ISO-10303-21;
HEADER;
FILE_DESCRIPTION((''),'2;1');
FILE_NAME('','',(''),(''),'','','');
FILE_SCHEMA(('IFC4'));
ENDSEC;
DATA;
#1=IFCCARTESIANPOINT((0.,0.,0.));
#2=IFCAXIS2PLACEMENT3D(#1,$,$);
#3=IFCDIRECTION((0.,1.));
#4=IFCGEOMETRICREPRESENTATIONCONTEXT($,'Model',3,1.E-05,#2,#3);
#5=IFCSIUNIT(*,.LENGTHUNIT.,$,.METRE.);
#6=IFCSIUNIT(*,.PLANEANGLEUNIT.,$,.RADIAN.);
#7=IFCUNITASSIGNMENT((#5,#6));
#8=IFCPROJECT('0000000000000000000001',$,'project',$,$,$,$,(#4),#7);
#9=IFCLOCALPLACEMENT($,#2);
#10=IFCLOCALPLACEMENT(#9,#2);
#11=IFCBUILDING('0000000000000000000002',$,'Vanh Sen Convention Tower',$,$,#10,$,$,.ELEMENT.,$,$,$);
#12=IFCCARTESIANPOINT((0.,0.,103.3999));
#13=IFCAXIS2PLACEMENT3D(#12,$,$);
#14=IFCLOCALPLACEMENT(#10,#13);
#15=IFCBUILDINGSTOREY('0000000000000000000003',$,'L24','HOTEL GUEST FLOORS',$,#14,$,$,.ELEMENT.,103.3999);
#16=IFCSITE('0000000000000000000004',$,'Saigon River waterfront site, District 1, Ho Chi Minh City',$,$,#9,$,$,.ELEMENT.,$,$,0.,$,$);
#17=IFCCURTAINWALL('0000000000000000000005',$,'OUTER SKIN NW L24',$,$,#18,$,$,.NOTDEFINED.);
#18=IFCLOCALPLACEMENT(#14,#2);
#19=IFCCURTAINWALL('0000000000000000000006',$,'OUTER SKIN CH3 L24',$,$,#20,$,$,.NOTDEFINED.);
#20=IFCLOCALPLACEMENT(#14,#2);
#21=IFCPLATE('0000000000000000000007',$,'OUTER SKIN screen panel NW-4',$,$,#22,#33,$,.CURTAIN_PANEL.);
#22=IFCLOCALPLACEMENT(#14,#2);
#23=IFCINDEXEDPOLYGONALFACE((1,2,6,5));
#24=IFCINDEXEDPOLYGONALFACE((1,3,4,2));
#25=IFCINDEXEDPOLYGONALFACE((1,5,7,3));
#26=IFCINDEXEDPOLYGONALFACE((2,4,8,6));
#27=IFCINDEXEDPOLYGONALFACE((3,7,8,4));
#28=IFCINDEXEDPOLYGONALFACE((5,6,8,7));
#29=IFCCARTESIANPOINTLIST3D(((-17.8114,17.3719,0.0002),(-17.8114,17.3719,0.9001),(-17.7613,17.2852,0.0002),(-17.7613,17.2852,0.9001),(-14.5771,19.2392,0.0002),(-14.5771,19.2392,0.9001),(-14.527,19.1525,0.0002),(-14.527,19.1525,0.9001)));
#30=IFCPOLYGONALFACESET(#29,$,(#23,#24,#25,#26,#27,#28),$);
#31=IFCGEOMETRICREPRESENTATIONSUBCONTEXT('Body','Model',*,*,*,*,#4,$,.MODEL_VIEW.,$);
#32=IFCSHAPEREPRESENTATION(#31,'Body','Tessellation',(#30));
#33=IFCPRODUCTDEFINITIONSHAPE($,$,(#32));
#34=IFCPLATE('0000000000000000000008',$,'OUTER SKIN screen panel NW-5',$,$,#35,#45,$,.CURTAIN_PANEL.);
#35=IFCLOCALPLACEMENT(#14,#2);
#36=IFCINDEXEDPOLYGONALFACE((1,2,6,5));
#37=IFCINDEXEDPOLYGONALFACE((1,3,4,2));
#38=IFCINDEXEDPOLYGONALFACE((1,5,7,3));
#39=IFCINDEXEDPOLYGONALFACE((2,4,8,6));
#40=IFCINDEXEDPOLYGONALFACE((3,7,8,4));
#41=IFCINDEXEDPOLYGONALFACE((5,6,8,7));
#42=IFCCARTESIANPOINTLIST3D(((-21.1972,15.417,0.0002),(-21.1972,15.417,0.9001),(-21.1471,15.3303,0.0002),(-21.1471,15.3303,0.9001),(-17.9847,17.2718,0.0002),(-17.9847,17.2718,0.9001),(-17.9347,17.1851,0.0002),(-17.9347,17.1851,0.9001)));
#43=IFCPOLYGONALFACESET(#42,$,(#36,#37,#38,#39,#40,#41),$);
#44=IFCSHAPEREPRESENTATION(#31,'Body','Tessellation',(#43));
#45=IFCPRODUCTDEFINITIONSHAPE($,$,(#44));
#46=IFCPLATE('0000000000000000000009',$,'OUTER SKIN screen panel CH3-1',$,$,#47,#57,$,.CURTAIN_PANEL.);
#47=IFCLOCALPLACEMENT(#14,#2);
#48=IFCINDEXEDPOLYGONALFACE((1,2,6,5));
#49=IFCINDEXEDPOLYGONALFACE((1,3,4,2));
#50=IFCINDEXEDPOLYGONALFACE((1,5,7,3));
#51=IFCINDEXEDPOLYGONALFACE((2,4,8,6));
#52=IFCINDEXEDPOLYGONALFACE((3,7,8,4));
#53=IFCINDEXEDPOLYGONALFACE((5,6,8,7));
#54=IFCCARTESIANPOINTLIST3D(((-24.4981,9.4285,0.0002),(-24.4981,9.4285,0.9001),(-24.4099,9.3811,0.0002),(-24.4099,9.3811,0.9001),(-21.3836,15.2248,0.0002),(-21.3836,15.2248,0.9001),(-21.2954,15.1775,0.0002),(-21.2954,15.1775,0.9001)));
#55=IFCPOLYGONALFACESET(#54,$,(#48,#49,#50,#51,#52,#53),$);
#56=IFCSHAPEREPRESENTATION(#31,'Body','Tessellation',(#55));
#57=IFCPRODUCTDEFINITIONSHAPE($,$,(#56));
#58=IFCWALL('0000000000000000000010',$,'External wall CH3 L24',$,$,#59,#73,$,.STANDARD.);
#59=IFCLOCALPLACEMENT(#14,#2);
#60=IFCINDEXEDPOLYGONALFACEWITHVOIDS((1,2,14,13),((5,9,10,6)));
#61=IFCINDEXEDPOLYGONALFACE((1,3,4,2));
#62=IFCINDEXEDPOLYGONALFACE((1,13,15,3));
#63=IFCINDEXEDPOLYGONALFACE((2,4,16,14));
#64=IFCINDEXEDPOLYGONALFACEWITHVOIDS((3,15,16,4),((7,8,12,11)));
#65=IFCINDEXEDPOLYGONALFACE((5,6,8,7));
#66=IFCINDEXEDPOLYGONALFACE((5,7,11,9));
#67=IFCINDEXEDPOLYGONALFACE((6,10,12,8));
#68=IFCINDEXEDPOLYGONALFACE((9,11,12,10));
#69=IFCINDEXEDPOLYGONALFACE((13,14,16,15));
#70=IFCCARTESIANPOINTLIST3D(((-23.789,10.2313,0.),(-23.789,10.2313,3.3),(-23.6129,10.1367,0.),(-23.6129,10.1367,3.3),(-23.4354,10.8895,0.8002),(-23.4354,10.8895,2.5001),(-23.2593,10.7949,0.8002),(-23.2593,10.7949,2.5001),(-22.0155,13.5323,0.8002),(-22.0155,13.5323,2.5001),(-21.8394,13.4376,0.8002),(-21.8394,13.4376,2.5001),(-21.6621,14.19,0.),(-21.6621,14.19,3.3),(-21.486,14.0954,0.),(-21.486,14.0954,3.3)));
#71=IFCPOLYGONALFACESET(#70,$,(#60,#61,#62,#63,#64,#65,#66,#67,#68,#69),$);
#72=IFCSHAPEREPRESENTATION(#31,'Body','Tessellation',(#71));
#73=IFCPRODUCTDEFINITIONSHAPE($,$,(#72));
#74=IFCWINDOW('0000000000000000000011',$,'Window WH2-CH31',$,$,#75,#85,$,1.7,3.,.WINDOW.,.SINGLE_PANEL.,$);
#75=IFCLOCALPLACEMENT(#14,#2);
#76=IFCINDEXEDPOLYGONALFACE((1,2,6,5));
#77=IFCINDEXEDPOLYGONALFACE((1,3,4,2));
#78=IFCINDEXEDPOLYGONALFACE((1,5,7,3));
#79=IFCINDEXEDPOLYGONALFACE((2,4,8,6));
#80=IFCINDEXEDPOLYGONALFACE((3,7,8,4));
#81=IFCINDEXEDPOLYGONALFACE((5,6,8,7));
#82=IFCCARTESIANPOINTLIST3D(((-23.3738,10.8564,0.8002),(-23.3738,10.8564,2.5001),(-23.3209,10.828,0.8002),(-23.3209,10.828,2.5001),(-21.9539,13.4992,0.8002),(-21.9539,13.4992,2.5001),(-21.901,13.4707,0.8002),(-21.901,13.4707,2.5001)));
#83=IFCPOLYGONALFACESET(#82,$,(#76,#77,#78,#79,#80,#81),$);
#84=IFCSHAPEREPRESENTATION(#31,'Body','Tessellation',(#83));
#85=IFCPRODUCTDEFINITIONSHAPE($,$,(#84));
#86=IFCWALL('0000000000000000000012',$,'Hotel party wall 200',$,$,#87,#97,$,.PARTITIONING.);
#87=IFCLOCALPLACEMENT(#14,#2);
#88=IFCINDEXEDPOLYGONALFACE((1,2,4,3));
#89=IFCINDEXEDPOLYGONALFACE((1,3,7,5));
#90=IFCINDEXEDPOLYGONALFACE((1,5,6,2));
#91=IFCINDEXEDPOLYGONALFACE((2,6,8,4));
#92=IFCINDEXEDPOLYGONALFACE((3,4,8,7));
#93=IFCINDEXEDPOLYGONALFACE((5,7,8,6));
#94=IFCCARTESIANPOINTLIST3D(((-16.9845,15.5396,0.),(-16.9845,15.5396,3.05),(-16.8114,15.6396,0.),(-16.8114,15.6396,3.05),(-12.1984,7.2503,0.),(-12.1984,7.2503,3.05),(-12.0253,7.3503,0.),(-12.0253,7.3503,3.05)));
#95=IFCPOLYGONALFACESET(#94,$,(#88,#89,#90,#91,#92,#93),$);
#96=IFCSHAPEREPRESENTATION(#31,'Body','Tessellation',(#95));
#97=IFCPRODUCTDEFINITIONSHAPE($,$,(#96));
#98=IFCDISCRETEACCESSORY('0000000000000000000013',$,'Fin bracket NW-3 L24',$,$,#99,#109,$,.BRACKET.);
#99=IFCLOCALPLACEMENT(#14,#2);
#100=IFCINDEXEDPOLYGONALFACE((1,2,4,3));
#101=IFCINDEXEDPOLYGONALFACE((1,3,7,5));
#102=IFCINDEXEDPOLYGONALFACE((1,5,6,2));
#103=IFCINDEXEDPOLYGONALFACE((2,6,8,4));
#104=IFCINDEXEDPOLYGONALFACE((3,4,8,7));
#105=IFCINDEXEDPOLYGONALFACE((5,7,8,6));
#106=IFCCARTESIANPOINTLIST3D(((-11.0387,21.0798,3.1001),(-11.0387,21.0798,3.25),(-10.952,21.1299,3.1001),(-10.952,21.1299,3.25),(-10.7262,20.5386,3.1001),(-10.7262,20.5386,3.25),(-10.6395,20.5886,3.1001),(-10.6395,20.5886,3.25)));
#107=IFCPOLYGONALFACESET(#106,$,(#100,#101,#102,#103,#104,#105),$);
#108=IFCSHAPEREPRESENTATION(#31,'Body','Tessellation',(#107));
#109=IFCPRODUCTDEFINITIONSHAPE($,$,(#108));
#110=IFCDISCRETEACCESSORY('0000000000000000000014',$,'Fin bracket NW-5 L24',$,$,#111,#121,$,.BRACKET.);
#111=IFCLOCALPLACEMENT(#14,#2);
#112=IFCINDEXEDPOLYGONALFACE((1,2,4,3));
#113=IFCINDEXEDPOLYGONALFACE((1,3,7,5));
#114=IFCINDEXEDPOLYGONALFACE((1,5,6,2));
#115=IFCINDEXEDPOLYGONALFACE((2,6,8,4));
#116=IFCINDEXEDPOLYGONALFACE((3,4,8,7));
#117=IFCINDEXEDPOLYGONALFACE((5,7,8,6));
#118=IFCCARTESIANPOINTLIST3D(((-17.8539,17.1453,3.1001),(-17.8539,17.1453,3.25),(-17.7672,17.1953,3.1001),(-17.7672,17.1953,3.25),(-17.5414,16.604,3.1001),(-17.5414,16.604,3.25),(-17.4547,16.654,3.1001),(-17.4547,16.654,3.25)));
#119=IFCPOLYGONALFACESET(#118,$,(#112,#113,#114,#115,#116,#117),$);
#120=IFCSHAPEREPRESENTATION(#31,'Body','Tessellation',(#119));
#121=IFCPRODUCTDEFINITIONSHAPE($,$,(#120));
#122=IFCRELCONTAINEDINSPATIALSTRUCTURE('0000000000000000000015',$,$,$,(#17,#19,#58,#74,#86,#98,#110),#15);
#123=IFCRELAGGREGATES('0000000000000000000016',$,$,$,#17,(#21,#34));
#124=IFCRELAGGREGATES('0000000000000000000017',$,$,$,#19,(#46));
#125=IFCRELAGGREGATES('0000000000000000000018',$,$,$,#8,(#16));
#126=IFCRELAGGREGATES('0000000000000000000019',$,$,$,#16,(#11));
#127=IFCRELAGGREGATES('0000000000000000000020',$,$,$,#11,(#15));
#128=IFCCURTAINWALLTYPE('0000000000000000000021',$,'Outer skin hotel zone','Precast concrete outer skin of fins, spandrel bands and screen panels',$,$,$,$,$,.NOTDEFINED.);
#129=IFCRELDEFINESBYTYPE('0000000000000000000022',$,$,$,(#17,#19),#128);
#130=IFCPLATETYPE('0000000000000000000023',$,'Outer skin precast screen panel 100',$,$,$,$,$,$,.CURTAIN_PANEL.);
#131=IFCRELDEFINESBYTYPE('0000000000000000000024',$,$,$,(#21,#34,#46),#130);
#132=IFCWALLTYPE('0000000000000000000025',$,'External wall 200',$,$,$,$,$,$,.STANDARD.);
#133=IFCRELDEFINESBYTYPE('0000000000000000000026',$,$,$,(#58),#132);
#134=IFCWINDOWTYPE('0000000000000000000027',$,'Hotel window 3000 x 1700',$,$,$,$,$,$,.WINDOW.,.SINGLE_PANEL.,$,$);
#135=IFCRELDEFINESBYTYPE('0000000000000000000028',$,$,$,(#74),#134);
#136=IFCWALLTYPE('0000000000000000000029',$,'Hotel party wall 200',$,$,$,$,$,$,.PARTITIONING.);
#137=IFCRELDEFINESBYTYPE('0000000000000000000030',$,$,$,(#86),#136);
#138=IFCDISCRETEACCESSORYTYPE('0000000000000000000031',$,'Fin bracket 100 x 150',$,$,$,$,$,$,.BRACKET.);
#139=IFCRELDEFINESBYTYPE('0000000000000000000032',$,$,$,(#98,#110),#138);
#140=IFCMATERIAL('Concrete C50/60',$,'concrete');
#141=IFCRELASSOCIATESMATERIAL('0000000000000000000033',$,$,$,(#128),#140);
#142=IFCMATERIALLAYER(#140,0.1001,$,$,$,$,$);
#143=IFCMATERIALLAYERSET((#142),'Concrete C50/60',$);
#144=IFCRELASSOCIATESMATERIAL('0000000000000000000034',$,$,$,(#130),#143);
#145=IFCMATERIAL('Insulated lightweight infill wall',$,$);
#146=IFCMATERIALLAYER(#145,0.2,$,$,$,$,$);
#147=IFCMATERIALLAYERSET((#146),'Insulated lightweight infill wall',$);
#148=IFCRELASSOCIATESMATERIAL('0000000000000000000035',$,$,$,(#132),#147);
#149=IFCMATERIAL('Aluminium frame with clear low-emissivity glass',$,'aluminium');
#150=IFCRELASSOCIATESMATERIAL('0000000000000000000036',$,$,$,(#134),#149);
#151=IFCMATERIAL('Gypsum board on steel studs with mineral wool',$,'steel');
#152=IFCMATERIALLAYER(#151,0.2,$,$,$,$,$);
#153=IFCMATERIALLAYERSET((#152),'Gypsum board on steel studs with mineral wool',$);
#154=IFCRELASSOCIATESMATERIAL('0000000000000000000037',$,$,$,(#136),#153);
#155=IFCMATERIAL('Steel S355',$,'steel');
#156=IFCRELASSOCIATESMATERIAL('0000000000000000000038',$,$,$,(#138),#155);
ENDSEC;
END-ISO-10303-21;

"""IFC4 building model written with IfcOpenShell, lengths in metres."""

from ifc_helpers import new_model, si_unit, direction, frame, frame_2d, origin, origin_2d, place, context, subcontext, project, spatial, rectangle, extrude, material, layer, layer_set, type_object, element, fill, aggregate, save


model = new_model("IFC4")

# Units and contexts
model_context = context("Model", 3, precision=1e-05, world=origin(), true_north=direction((0.0, 1.0)))
body_context = subcontext(model_context, "Body", "Model", "MODEL_VIEW")
ifc_project = project(units=[si_unit("LENGTHUNIT", "METRE"), si_unit("PLANEANGLEUNIT", "RADIAN")], contexts=[model_context])

# Site, building, storey
site_placement = place(None, origin())
site = spatial("IfcSite", under=ifc_project, at=site_placement, Name="Saigon River waterfront site, District 1, Ho Chi Minh City", CompositionType="ELEMENT", RefElevation=0.0)
building_placement = place(site_placement, origin())
building = spatial("IfcBuilding", under=site, at=building_placement, Name="Vanh Sen Convention Tower", CompositionType="ELEMENT")
storey_placement = place(building_placement, frame((0.0, 0.0, 103.3999)))
storey = spatial("IfcBuildingStorey", under=building, at=storey_placement, Name="L24", Description="HOTEL GUEST FLOORS", CompositionType="ELEMENT", Elevation=103.3999)

# Curtain wall
ifc_material_1 = material(Name="Concrete C50/60", Category="concrete")
curtain_wall_type = type_object("IfcCurtainWallType", Name="Outer skin hotel zone", Description="Precast concrete outer skin of fins, spandrel bands and screen panels", PredefinedType="NOTDEFINED", material=ifc_material_1)
curtain_wall_1_placement = place(storey_placement, origin())
curtain_wall_1 = element("IfcCurtainWall", 1, at=curtain_wall_1_placement, inside=storey, type_object=curtain_wall_type, Name="OUTER SKIN NW L24", PredefinedType="NOTDEFINED")

# Curtain wall
curtain_wall_2_placement = place(storey_placement, origin())
curtain_wall_2 = element("IfcCurtainWall", 2, at=curtain_wall_2_placement, inside=storey, type_object=curtain_wall_type, Name="OUTER SKIN CH3 L24", PredefinedType="NOTDEFINED")

# Plates
ifc_layer_1 = layer(ifc_material_1, 0.1001)
ifc_layer_set_1 = layer_set([ifc_layer_1], Name="Concrete C50/60")
plate_type = type_object("IfcPlateType", Name="Outer skin precast screen panel 100", PredefinedType="CURTAIN_PANEL", material=ifc_layer_set_1)
plate_1_placement = place(storey_placement, frame((-16.1692, 18.2622, 0.0002), z_axis=(0.0, 0.0, 1.0), x_axis=(-0.866028, -0.499995, 0.0)))
plate_1 = element("IfcPlate", 3, at=plate_1_placement, type_object=plate_type, Name="OUTER SKIN screen panel NW-4", PredefinedType="CURTAIN_PANEL", context=body_context, shape_type="SweptSolid", body=[
    extrude(rectangle(XDim=3.7346, YDim=0.1001, at=origin_2d()), origin(), (0.0, 0.0, 1.0), 0.8999),
])
plate_2_placement = place(storey_placement, frame((-19.5659, 16.301, 0.0002), z_axis=(0.0, 0.0, 1.0), x_axis=(-0.866021, -0.500008, 0.0)))
plate_2 = element("IfcPlate", 4, at=plate_2_placement, type_object=plate_type, Name="OUTER SKIN screen panel NW-5", PredefinedType="CURTAIN_PANEL", context=body_context, shape_type="SweptSolid", body=[
    extrude(rectangle(XDim=3.7095, YDim=0.1001, at=origin_2d()), origin(), (0.0, 0.0, 1.0), 0.8999),
])
aggregate(curtain_wall_1, [plate_1, plate_2])
plate_3_placement = place(storey_placement, frame((-22.8967, 12.303, 0.0002), z_axis=(0.0, 0.0, 1.0), x_axis=(-0.473318, -0.880892, 0.0)))
plate_3 = element("IfcPlate", 5, at=plate_3_placement, type_object=plate_type, Name="OUTER SKIN screen panel CH3-1", PredefinedType="CURTAIN_PANEL", context=body_context, shape_type="SweptSolid", body=[
    extrude(rectangle(XDim=6.5801, YDim=0.1001, at=origin_2d()), origin(), (0.0, 0.0, 1.0), 0.8999),
])
aggregate(curtain_wall_2, [plate_3])

# Wall, opening, window
ifc_material_2 = material(Name="Insulated lightweight infill wall")
ifc_layer_2 = layer(ifc_material_2, 0.2)
ifc_layer_set_2 = layer_set([ifc_layer_2], Name="Insulated lightweight infill wall")
wall_type_1 = type_object("IfcWallType", Name="External wall 200", PredefinedType="STANDARD", material=ifc_layer_set_2)
wall_1_placement = place(storey_placement, frame((-21.574, 14.1428, 0.0), z_axis=(0.0, 0.0, 1.0), x_axis=(-0.473293, -0.880905, 0.0)))
wall_1 = element("IfcWall", 6, at=wall_1_placement, inside=storey, type_object=wall_type_1, Name="External wall CH3 L24", PredefinedType="STANDARD", context=body_context, shape_type="SweptSolid", body=[
    extrude(rectangle(XDim=4.4939, YDim=0.2, at=frame_2d((2.2471, 0.0))), origin(), (0.0, 0.0, 1.0), 3.3),
])
opening_placement = place(wall_1_placement, frame((0.7468, 0.0, 0.8)))
opening = element("IfcOpeningElement", 7, at=opening_placement, cuts=wall_1, PredefinedType="OPENING", context=body_context, shape_type="SweptSolid", body=[
    extrude(rectangle(XDim=3.0, YDim=1.7, at=frame_2d((1.5, 0.8501))), frame((0.0, 0.1099, 0.0), z_axis=(0.0, -1.0, 0.0), x_axis=(1.0, 0.0, 0.0)), (0.0, 0.0, 1.0), 0.22),
])
ifc_material_3 = material(Name="Aluminium frame with clear low-emissivity glass", Category="aluminium")
window_type = type_object("IfcWindowType", Name="Hotel window 3000 x 1700", PartitioningType="SINGLE_PANEL", PredefinedType="WINDOW", material=ifc_material_3)
window_placement = place(opening_placement, origin())
window = element("IfcWindow", 8, at=window_placement, inside=storey, type_object=window_type, Name="Window WH2-CH31", OverallHeight=1.7, OverallWidth=3.0, PartitioningType="SINGLE_PANEL", PredefinedType="WINDOW", context=body_context, shape_type="SweptSolid", body=[
    extrude(rectangle(XDim=3.0, YDim=1.7, at=frame_2d((1.5, 0.8501))), frame((0.0, 0.03, 0.0), z_axis=(0.0, -1.0, 0.0), x_axis=(1.0, 0.0, 0.0)), (0.0, 0.0, 1.0), 0.0601),
])
fill(opening, window)

# Wall
ifc_material_4 = material(Name="Gypsum board on steel studs with mineral wool", Category="steel")
ifc_layer_3 = layer(ifc_material_4, 0.2)
ifc_layer_set_3 = layer_set([ifc_layer_3], Name="Gypsum board on steel studs with mineral wool")
wall_type_2 = type_object("IfcWallType", Name="Hotel party wall 200", PredefinedType="PARTITIONING", material=ifc_layer_set_3)
wall_2_placement = place(storey_placement, frame((-16.8979, 15.5896, 0.0), z_axis=(0.0, 0.0, 1.0), x_axis=(0.500023, -0.866012, 0.0)))
element("IfcWall", 9, at=wall_2_placement, inside=storey, type_object=wall_type_2, Name="Hotel party wall 200", PredefinedType="PARTITIONING", context=body_context, shape_type="SweptSolid", body=[
    extrude(rectangle(XDim=9.5718, YDim=0.2, at=frame_2d((4.7859, 0.0))), origin(), (0.0, 0.0, 1.0), 3.05),
])

# Discrete accessories
ifc_material_5 = material(Name="Steel S355", Category="steel")
discrete_accessory_type = type_object("IfcDiscreteAccessoryType", Name="Fin bracket 100 x 150", PredefinedType="BRACKET", material=ifc_material_5)
for number, where, z_axis, x_axis, name in (
    (10, (-10.8391, 20.8342, 3.1001), (0.0, 0.0, 1.0), (-0.5, 0.866025, 0.0), "Fin bracket NW-3 L24"),
    (11, (-17.6543, 16.8997, 3.1001), (0.0, 0.0, 1.0), (-0.5, 0.866025, 0.0), "Fin bracket NW-5 L24"),
):
    element("IfcDiscreteAccessory", number, at=place(storey_placement, frame(where, z_axis=z_axis, x_axis=x_axis)), inside=storey, type_object=discrete_accessory_type, Name=name, PredefinedType="BRACKET", context=body_context, shape_type="SweptSolid", body=[
        extrude(rectangle(XDim=0.625, YDim=0.1001, at=origin_2d()), origin(), (0.0, 0.0, 1.0), 0.1499),
    ])

save(model, "model.ifc")
